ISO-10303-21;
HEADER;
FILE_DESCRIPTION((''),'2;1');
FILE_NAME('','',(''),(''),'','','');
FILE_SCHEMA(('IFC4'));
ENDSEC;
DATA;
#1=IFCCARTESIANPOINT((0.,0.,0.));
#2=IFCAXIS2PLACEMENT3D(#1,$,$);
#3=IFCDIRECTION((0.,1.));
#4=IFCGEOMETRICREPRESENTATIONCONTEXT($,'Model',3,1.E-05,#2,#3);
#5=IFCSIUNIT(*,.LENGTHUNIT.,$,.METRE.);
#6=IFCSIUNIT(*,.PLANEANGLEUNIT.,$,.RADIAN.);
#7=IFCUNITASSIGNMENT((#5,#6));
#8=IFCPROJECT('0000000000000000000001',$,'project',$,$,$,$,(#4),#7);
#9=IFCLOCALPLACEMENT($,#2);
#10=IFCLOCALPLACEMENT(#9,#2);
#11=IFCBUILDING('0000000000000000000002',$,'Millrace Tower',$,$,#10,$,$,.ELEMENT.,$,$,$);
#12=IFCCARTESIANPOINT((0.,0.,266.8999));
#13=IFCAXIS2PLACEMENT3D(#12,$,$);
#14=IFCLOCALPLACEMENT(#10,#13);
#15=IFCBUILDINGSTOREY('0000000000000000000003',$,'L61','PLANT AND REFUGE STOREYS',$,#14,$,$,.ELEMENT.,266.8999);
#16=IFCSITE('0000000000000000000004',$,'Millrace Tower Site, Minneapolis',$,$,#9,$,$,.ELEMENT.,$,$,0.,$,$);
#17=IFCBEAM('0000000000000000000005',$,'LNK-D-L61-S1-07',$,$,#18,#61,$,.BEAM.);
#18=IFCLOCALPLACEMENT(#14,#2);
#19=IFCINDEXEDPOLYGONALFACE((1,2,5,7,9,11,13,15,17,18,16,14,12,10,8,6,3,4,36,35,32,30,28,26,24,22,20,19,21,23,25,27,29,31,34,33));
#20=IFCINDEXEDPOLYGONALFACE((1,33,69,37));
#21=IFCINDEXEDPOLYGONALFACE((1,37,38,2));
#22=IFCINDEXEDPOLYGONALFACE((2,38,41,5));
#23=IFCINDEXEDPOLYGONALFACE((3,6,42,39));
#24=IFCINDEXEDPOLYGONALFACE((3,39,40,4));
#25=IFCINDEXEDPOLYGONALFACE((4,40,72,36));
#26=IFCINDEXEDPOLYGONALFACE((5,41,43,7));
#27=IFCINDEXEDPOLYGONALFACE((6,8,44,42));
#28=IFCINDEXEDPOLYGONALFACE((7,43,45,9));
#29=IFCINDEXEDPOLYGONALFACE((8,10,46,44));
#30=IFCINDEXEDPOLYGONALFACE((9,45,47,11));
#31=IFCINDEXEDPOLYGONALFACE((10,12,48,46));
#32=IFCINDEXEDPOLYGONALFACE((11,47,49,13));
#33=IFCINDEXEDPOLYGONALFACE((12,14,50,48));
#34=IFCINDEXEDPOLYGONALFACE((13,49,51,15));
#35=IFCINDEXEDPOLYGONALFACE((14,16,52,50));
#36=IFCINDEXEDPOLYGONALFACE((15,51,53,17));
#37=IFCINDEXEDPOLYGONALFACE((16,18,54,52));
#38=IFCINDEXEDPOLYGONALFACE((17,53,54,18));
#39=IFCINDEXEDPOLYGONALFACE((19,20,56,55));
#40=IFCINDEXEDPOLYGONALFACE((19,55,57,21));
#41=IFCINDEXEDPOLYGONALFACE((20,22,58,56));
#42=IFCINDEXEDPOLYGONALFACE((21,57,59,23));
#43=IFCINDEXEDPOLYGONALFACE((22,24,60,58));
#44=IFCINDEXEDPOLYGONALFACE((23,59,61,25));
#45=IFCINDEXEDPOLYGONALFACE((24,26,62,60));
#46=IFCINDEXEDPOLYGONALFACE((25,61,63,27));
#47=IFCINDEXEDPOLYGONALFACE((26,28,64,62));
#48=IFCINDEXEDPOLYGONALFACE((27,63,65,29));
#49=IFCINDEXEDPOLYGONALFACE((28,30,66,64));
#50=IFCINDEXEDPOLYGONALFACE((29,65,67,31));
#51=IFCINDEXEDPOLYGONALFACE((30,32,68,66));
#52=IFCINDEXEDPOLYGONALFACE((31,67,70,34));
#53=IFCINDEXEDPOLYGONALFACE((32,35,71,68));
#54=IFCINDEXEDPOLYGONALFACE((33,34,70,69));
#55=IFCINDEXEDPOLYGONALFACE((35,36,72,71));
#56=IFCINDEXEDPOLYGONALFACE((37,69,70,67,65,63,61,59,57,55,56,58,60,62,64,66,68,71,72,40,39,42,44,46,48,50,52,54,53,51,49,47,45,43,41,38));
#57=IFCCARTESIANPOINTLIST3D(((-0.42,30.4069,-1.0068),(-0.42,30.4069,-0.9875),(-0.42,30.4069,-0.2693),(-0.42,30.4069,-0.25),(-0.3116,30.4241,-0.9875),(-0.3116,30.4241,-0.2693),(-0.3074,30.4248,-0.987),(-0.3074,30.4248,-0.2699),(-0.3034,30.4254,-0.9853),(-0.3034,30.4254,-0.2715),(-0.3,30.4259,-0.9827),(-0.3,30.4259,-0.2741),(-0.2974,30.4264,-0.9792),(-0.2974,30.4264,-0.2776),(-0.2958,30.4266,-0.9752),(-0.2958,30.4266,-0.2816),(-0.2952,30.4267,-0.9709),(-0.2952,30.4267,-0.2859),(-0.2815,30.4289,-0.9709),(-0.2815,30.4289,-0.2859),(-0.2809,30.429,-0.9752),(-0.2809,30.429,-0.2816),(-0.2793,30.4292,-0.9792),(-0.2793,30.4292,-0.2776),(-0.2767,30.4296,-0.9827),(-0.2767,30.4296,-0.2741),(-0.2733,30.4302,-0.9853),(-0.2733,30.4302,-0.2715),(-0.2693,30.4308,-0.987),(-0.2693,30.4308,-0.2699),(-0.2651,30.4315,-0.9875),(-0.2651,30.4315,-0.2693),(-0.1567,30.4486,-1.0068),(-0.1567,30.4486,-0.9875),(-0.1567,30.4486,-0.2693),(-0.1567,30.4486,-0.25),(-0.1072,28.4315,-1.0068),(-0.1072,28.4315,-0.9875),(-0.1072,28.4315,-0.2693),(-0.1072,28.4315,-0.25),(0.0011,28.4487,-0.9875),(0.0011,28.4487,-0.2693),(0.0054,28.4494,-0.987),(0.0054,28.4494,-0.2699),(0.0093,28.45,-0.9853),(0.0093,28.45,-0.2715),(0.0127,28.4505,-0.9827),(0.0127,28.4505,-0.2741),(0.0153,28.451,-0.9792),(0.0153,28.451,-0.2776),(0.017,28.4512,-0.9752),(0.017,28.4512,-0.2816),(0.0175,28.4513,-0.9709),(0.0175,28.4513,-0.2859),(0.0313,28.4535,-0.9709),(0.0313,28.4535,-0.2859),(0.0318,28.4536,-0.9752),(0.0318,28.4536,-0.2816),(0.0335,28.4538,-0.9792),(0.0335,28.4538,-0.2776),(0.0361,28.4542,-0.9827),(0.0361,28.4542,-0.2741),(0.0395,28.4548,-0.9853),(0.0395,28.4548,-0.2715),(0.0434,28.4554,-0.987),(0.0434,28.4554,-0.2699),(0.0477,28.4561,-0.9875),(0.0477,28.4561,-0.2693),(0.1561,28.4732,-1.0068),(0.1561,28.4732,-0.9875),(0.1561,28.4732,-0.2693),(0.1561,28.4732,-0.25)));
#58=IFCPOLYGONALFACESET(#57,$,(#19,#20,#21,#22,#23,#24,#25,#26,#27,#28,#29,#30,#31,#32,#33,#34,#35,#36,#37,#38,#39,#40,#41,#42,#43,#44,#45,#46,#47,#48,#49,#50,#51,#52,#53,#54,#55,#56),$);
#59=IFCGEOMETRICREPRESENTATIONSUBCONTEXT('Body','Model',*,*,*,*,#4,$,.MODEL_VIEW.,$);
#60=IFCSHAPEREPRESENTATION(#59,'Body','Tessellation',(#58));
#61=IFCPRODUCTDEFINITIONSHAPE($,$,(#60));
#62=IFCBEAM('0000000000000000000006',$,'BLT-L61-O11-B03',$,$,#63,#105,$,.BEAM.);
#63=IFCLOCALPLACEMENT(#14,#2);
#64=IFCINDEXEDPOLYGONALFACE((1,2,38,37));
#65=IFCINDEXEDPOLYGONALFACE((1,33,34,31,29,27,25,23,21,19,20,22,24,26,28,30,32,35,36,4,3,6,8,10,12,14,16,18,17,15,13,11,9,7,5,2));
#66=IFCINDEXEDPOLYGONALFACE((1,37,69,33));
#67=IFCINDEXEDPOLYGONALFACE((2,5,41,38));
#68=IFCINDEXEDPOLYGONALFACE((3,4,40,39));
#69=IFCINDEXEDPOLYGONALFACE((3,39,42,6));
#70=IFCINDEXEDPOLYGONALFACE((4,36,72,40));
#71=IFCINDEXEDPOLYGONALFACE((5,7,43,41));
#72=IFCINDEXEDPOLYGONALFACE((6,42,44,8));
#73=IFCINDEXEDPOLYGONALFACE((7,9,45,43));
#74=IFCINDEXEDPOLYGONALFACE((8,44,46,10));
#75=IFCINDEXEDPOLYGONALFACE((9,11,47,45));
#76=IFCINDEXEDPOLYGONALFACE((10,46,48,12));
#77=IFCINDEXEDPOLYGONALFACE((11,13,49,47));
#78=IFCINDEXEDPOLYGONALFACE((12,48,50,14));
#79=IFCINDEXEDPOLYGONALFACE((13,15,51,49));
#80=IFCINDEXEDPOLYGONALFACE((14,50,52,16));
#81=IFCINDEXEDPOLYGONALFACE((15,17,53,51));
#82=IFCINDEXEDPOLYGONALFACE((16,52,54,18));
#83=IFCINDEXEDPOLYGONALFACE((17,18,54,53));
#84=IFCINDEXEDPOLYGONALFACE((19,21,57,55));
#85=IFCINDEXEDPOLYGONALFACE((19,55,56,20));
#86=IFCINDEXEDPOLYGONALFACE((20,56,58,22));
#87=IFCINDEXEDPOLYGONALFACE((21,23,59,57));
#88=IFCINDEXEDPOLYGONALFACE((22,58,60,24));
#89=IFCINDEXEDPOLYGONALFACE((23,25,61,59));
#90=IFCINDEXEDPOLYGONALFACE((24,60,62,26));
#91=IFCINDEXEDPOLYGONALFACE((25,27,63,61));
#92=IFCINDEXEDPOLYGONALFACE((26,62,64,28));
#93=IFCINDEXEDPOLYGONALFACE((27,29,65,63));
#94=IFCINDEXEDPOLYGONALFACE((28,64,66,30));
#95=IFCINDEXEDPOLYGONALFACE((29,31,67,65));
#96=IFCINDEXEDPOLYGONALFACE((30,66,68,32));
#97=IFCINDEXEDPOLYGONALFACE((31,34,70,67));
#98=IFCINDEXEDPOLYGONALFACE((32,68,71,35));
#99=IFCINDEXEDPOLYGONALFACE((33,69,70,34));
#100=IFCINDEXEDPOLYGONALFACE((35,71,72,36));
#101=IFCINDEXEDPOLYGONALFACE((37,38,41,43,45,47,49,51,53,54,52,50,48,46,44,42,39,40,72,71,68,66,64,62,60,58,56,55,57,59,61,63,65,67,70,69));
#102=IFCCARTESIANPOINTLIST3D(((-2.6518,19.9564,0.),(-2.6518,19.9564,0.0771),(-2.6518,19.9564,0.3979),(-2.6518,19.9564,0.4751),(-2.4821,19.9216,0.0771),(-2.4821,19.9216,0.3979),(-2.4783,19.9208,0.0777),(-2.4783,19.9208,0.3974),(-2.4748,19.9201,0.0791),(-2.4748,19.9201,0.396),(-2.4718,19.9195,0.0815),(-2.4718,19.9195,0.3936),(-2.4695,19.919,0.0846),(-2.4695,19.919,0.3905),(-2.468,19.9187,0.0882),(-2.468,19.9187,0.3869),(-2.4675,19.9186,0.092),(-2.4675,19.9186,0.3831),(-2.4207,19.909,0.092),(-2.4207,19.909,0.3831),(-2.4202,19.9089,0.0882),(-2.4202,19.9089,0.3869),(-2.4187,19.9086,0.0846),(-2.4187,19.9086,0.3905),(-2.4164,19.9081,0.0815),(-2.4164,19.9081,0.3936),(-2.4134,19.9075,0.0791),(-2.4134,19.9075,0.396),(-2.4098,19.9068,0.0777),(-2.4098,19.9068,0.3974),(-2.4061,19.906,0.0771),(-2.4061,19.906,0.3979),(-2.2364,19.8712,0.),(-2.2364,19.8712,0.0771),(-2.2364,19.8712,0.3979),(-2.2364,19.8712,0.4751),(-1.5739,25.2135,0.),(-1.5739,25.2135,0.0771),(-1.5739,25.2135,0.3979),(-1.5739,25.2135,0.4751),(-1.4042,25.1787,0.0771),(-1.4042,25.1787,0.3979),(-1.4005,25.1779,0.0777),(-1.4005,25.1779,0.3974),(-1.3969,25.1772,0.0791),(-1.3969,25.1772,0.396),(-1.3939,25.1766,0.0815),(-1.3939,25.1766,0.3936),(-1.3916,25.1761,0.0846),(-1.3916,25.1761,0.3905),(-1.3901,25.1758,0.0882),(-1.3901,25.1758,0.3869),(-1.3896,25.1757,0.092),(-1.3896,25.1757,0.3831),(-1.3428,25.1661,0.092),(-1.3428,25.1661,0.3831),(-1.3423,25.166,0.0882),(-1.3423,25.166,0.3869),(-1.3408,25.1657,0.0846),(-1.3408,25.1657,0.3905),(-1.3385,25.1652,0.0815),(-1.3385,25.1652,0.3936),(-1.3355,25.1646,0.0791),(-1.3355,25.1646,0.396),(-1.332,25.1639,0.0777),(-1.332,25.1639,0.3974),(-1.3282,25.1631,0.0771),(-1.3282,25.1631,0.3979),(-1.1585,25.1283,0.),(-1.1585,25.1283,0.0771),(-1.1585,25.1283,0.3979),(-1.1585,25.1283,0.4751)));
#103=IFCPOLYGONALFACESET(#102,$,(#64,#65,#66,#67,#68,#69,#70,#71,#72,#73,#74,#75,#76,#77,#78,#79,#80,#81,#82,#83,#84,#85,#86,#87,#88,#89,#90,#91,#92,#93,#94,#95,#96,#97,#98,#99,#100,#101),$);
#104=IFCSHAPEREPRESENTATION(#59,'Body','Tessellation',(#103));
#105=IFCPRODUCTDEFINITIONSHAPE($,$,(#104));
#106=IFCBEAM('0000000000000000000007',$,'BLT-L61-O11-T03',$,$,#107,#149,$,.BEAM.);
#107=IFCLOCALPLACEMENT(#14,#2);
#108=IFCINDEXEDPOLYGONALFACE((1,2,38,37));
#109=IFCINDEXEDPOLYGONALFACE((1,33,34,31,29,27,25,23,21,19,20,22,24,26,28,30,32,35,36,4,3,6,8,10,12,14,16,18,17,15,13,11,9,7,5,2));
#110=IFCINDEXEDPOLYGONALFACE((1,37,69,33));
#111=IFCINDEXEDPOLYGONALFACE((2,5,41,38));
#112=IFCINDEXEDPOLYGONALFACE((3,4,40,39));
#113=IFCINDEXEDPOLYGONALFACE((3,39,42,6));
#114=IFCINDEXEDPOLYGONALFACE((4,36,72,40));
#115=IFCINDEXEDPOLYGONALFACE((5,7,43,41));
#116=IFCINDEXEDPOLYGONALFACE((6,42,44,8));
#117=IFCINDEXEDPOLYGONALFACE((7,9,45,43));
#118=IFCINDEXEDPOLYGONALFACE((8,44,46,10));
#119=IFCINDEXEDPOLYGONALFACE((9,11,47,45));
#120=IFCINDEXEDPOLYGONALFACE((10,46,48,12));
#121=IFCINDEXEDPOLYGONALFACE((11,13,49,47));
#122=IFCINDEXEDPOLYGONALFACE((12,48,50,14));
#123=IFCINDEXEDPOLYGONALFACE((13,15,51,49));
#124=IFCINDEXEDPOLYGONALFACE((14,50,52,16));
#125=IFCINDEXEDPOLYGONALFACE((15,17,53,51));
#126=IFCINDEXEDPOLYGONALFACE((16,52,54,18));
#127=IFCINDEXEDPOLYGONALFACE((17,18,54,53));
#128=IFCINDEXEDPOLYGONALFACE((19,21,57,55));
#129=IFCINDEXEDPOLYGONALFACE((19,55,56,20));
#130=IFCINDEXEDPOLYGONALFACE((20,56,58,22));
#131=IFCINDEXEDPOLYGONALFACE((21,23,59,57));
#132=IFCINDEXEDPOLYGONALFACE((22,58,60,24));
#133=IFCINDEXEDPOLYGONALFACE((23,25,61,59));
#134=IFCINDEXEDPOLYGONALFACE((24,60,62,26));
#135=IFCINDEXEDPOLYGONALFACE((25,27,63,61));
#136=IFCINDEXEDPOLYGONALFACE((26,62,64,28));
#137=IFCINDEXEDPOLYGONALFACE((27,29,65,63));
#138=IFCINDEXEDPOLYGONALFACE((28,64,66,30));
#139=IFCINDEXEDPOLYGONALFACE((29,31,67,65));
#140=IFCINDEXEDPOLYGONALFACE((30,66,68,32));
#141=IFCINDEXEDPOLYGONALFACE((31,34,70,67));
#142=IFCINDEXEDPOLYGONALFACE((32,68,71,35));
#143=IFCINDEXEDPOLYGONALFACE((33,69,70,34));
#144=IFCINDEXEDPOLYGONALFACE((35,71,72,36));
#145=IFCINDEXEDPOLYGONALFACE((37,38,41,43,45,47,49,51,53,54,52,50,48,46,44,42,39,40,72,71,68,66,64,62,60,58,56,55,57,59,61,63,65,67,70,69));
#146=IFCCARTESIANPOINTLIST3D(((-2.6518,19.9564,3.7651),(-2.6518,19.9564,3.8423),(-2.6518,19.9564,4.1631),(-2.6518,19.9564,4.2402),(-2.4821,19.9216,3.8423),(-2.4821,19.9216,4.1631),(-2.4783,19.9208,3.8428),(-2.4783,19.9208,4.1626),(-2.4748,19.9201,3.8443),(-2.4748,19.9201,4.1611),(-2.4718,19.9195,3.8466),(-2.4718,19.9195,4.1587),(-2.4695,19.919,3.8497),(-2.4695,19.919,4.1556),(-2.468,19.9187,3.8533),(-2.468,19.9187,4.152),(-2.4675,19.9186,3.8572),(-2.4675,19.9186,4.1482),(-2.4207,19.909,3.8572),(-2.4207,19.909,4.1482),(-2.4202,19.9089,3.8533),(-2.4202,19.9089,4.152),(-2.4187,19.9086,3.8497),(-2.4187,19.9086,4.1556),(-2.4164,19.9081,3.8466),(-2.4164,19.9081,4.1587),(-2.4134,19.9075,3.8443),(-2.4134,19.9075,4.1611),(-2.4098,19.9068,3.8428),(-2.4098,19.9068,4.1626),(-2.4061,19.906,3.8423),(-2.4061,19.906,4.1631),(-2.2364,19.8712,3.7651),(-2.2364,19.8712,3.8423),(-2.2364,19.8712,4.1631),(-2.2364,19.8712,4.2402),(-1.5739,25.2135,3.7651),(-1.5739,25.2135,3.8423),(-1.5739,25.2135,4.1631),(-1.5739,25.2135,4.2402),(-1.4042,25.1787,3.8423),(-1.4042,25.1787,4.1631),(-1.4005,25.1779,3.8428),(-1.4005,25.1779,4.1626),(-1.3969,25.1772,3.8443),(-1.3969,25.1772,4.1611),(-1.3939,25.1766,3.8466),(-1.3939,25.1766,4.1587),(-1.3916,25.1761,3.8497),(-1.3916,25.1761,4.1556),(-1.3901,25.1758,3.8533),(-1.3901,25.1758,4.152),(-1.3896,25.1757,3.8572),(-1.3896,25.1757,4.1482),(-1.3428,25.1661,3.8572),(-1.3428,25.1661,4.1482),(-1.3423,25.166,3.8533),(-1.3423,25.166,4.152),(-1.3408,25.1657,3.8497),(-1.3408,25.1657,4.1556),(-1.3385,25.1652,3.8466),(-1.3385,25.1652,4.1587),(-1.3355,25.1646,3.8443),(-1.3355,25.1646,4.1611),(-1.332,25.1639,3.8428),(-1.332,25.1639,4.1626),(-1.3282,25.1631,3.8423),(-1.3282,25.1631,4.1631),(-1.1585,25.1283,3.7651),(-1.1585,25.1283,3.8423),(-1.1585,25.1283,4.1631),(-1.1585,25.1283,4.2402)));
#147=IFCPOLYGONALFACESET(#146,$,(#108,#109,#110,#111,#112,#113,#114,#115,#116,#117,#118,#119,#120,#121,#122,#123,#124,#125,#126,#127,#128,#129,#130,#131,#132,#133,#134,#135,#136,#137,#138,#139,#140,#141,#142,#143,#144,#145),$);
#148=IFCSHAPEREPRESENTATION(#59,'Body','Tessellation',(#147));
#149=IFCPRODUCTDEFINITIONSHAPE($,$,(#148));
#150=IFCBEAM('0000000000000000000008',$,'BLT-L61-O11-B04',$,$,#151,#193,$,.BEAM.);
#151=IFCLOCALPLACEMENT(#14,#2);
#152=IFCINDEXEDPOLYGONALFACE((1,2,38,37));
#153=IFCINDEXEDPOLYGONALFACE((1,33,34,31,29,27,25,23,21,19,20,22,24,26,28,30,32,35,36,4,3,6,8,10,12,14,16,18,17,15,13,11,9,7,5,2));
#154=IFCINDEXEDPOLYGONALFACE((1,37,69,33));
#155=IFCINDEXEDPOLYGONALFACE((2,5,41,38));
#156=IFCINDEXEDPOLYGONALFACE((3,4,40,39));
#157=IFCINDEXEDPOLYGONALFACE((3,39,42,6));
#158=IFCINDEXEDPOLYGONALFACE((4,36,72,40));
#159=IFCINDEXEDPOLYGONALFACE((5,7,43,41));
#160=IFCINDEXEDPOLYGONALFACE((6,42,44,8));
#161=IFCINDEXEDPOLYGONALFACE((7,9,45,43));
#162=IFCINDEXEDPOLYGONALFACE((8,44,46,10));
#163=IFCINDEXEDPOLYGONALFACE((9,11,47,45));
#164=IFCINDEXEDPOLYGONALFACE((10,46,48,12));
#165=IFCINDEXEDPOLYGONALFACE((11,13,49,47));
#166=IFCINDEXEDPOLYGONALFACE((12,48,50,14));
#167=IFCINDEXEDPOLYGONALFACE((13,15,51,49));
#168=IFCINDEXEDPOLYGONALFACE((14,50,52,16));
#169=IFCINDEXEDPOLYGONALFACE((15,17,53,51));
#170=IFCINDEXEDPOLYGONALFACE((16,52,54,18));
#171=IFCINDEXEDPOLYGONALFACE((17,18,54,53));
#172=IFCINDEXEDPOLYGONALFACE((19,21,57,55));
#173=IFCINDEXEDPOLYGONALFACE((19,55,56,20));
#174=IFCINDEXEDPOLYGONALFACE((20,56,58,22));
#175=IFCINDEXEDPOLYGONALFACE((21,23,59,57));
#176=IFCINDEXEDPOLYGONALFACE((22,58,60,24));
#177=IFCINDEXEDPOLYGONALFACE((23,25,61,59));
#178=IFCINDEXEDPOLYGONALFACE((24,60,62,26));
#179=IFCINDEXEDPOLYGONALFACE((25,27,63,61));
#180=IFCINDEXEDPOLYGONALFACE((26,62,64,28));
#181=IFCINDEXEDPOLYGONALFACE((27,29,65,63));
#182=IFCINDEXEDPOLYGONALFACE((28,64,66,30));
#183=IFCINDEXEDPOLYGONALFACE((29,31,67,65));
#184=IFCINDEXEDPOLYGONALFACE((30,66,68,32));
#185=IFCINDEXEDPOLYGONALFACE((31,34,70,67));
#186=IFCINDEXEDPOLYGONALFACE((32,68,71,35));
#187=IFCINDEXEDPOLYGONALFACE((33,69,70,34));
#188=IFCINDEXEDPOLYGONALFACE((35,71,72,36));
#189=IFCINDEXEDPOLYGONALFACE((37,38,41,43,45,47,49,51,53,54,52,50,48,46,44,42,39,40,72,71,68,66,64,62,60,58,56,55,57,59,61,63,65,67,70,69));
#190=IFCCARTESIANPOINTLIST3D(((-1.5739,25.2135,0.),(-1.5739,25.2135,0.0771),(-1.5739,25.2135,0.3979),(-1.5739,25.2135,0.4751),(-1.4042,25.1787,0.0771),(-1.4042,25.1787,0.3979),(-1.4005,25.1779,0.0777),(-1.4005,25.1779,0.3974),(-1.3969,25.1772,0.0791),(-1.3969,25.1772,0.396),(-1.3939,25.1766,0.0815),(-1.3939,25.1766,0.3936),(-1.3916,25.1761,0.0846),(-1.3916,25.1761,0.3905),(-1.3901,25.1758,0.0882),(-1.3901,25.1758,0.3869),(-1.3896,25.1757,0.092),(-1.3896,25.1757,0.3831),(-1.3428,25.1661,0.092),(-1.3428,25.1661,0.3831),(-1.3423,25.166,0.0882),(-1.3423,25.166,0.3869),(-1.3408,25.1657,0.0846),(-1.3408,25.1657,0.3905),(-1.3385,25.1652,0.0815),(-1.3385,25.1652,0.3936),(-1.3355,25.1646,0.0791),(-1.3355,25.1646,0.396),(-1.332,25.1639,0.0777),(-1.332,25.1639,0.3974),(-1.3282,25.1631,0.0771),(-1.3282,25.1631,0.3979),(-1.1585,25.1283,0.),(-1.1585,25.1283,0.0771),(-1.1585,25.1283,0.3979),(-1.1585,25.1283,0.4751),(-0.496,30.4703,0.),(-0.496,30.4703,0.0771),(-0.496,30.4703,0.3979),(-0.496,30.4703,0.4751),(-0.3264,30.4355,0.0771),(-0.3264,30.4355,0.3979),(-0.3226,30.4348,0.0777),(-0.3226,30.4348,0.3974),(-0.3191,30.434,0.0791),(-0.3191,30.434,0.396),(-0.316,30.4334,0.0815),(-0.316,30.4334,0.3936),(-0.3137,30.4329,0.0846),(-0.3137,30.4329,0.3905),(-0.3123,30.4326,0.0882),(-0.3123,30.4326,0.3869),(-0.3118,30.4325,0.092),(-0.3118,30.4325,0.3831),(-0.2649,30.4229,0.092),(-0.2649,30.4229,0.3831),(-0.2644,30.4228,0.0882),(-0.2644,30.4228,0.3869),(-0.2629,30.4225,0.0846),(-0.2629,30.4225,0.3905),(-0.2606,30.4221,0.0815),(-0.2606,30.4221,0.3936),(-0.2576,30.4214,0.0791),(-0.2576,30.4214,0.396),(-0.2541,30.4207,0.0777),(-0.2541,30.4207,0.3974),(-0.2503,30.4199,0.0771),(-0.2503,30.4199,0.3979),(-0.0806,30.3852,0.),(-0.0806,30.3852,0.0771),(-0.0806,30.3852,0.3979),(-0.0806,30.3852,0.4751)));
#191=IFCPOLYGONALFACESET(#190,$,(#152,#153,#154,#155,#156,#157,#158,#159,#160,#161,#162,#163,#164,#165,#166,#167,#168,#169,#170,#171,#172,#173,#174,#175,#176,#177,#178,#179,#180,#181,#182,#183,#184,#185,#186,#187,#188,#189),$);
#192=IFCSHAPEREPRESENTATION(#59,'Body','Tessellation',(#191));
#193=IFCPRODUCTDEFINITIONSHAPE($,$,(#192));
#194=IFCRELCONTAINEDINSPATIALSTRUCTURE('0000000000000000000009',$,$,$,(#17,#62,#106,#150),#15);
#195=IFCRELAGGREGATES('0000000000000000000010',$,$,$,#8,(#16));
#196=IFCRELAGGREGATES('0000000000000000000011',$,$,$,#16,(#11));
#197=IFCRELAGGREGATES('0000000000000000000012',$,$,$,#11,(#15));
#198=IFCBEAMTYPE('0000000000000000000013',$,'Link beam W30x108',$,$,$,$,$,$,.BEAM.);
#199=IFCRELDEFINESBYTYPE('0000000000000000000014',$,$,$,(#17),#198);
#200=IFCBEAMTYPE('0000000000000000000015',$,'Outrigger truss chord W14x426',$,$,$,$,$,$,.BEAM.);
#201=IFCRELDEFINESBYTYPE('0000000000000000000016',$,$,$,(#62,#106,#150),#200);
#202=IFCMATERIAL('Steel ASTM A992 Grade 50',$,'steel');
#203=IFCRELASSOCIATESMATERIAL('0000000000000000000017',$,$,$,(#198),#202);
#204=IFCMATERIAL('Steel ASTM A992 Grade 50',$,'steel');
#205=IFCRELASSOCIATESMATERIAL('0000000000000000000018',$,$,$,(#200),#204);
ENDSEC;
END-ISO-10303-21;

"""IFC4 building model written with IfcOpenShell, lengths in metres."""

from ifc_helpers import new_model, si_unit, direction, frame, origin, origin_2d, place, context, subcontext, project, spatial, i_section, extrude, material, material_profile, profile_set, type_object, element, save


model = new_model("IFC4")

# Units and contexts
model_context = context("Model", 3, precision=1e-05, world=origin(), true_north=direction((0.0, 1.0)))
body_context = subcontext(model_context, "Body", "Model", "MODEL_VIEW")
ifc_project = project(units=[si_unit("LENGTHUNIT", "METRE"), si_unit("PLANEANGLEUNIT", "RADIAN")], contexts=[model_context])

# Site, building, storey
site_placement = place(None, origin())
site = spatial("IfcSite", under=ifc_project, at=site_placement, Name="Millrace Tower Site, Minneapolis", CompositionType="ELEMENT", RefElevation=0.0)
building_placement = place(site_placement, origin())
building = spatial("IfcBuilding", under=site, at=building_placement, Name="Millrace Tower", CompositionType="ELEMENT")
storey_placement = place(building_placement, frame((0.0, 0.0, 266.8999)))
storey = spatial("IfcBuildingStorey", under=building, at=storey_placement, Name="L61", Description="PLANT AND REFUGE STOREYS", CompositionType="ELEMENT", Elevation=266.8999)

# Beams
ifc_material_1 = material(Name="Steel ASTM A992 Grade 50", Category="steel")
ifc_material_profile_1 = material_profile(ifc_material_1, i_section(OverallWidth=0.2666, OverallDepth=0.7568, WebThickness=0.0139, FlangeThickness=0.0193, FilletRadius=0.0166, at=origin_2d()))
ifc_profile_set_1 = profile_set([ifc_material_profile_1], Name="Steel ASTM A992 Grade 50")
beam_type_1 = type_object("IfcBeamType", Name="Link beam W30x108", PredefinedType="BEAM", material=ifc_profile_set_1)
beam_1_placement = place(storey_placement, frame((0.0244, 28.4524, -0.6284), z_axis=(-0.156376, 0.987698, 0.0), x_axis=(-0.987698, -0.156376, 0.0)))
element("IfcBeam", 1, at=beam_1_placement, inside=storey, type_object=beam_type_1, Name="LNK-D-L61-S1-07", PredefinedType="BEAM", context=body_context, shape_type="SweptSolid", body=[
    extrude(i_section(OverallWidth=0.2666, OverallDepth=0.7568, WebThickness=0.0139, FlangeThickness=0.0193, FilletRadius=0.0166, at=origin_2d()), origin(), (0.0, 0.0, 1.0), 2.0),
])
ifc_material_2 = material(Name="Steel ASTM A992 Grade 50", Category="steel")
ifc_material_profile_2 = material_profile(ifc_material_2, i_section(OverallWidth=0.4241, OverallDepth=0.4751, WebThickness=0.0479, FlangeThickness=0.0771, FilletRadius=0.0149, at=origin_2d()))
ifc_profile_set_2 = profile_set([ifc_material_profile_2], Name="Steel ASTM A992 Grade 50")
beam_type_2 = type_object("IfcBeamType", Name="Outrigger truss chord W14x426", PredefinedType="BEAM", material=ifc_profile_set_2)
for number, where, z_axis, x_axis, name in (
    (2, (-2.4441, 19.9138, 0.2375), (0.200856, 0.979621, 0.0), (-0.979621, 0.200856, 0.0), "BLT-L61-O11-B03"),
    (3, (-2.4441, 19.9138, 4.0027), (0.200856, 0.979621, 0.0), (-0.979621, 0.200856, 0.0), "BLT-L61-O11-T03"),
):
    element("IfcBeam", number, at=place(storey_placement, frame(where, z_axis=z_axis, x_axis=x_axis)), inside=storey, type_object=beam_type_2, Name=name, PredefinedType="BEAM", context=body_context, shape_type="SweptSolid", body=[
        extrude(i_section(OverallWidth=0.4241, OverallDepth=0.4751, WebThickness=0.0479, FlangeThickness=0.0771, FilletRadius=0.0149, at=origin_2d()), origin(), (0.0, 0.0, 1.0), 5.3665),
    ])
beam_2_placement = place(storey_placement, frame((-1.3662, 25.1709, 0.2375), z_axis=(0.200865, 0.979619, 0.0), x_axis=(-0.979619, 0.200865, 0.0)))
element("IfcBeam", 4, at=beam_2_placement, inside=storey, type_object=beam_type_2, Name="BLT-L61-O11-B04", PredefinedType="BEAM", context=body_context, shape_type="SweptSolid", body=[
    extrude(i_section(OverallWidth=0.4241, OverallDepth=0.4751, WebThickness=0.0479, FlangeThickness=0.0771, FilletRadius=0.0149, at=origin_2d()), origin(), (0.0, 0.0, 1.0), 5.3662),
])

save(model, "model.ifc")
